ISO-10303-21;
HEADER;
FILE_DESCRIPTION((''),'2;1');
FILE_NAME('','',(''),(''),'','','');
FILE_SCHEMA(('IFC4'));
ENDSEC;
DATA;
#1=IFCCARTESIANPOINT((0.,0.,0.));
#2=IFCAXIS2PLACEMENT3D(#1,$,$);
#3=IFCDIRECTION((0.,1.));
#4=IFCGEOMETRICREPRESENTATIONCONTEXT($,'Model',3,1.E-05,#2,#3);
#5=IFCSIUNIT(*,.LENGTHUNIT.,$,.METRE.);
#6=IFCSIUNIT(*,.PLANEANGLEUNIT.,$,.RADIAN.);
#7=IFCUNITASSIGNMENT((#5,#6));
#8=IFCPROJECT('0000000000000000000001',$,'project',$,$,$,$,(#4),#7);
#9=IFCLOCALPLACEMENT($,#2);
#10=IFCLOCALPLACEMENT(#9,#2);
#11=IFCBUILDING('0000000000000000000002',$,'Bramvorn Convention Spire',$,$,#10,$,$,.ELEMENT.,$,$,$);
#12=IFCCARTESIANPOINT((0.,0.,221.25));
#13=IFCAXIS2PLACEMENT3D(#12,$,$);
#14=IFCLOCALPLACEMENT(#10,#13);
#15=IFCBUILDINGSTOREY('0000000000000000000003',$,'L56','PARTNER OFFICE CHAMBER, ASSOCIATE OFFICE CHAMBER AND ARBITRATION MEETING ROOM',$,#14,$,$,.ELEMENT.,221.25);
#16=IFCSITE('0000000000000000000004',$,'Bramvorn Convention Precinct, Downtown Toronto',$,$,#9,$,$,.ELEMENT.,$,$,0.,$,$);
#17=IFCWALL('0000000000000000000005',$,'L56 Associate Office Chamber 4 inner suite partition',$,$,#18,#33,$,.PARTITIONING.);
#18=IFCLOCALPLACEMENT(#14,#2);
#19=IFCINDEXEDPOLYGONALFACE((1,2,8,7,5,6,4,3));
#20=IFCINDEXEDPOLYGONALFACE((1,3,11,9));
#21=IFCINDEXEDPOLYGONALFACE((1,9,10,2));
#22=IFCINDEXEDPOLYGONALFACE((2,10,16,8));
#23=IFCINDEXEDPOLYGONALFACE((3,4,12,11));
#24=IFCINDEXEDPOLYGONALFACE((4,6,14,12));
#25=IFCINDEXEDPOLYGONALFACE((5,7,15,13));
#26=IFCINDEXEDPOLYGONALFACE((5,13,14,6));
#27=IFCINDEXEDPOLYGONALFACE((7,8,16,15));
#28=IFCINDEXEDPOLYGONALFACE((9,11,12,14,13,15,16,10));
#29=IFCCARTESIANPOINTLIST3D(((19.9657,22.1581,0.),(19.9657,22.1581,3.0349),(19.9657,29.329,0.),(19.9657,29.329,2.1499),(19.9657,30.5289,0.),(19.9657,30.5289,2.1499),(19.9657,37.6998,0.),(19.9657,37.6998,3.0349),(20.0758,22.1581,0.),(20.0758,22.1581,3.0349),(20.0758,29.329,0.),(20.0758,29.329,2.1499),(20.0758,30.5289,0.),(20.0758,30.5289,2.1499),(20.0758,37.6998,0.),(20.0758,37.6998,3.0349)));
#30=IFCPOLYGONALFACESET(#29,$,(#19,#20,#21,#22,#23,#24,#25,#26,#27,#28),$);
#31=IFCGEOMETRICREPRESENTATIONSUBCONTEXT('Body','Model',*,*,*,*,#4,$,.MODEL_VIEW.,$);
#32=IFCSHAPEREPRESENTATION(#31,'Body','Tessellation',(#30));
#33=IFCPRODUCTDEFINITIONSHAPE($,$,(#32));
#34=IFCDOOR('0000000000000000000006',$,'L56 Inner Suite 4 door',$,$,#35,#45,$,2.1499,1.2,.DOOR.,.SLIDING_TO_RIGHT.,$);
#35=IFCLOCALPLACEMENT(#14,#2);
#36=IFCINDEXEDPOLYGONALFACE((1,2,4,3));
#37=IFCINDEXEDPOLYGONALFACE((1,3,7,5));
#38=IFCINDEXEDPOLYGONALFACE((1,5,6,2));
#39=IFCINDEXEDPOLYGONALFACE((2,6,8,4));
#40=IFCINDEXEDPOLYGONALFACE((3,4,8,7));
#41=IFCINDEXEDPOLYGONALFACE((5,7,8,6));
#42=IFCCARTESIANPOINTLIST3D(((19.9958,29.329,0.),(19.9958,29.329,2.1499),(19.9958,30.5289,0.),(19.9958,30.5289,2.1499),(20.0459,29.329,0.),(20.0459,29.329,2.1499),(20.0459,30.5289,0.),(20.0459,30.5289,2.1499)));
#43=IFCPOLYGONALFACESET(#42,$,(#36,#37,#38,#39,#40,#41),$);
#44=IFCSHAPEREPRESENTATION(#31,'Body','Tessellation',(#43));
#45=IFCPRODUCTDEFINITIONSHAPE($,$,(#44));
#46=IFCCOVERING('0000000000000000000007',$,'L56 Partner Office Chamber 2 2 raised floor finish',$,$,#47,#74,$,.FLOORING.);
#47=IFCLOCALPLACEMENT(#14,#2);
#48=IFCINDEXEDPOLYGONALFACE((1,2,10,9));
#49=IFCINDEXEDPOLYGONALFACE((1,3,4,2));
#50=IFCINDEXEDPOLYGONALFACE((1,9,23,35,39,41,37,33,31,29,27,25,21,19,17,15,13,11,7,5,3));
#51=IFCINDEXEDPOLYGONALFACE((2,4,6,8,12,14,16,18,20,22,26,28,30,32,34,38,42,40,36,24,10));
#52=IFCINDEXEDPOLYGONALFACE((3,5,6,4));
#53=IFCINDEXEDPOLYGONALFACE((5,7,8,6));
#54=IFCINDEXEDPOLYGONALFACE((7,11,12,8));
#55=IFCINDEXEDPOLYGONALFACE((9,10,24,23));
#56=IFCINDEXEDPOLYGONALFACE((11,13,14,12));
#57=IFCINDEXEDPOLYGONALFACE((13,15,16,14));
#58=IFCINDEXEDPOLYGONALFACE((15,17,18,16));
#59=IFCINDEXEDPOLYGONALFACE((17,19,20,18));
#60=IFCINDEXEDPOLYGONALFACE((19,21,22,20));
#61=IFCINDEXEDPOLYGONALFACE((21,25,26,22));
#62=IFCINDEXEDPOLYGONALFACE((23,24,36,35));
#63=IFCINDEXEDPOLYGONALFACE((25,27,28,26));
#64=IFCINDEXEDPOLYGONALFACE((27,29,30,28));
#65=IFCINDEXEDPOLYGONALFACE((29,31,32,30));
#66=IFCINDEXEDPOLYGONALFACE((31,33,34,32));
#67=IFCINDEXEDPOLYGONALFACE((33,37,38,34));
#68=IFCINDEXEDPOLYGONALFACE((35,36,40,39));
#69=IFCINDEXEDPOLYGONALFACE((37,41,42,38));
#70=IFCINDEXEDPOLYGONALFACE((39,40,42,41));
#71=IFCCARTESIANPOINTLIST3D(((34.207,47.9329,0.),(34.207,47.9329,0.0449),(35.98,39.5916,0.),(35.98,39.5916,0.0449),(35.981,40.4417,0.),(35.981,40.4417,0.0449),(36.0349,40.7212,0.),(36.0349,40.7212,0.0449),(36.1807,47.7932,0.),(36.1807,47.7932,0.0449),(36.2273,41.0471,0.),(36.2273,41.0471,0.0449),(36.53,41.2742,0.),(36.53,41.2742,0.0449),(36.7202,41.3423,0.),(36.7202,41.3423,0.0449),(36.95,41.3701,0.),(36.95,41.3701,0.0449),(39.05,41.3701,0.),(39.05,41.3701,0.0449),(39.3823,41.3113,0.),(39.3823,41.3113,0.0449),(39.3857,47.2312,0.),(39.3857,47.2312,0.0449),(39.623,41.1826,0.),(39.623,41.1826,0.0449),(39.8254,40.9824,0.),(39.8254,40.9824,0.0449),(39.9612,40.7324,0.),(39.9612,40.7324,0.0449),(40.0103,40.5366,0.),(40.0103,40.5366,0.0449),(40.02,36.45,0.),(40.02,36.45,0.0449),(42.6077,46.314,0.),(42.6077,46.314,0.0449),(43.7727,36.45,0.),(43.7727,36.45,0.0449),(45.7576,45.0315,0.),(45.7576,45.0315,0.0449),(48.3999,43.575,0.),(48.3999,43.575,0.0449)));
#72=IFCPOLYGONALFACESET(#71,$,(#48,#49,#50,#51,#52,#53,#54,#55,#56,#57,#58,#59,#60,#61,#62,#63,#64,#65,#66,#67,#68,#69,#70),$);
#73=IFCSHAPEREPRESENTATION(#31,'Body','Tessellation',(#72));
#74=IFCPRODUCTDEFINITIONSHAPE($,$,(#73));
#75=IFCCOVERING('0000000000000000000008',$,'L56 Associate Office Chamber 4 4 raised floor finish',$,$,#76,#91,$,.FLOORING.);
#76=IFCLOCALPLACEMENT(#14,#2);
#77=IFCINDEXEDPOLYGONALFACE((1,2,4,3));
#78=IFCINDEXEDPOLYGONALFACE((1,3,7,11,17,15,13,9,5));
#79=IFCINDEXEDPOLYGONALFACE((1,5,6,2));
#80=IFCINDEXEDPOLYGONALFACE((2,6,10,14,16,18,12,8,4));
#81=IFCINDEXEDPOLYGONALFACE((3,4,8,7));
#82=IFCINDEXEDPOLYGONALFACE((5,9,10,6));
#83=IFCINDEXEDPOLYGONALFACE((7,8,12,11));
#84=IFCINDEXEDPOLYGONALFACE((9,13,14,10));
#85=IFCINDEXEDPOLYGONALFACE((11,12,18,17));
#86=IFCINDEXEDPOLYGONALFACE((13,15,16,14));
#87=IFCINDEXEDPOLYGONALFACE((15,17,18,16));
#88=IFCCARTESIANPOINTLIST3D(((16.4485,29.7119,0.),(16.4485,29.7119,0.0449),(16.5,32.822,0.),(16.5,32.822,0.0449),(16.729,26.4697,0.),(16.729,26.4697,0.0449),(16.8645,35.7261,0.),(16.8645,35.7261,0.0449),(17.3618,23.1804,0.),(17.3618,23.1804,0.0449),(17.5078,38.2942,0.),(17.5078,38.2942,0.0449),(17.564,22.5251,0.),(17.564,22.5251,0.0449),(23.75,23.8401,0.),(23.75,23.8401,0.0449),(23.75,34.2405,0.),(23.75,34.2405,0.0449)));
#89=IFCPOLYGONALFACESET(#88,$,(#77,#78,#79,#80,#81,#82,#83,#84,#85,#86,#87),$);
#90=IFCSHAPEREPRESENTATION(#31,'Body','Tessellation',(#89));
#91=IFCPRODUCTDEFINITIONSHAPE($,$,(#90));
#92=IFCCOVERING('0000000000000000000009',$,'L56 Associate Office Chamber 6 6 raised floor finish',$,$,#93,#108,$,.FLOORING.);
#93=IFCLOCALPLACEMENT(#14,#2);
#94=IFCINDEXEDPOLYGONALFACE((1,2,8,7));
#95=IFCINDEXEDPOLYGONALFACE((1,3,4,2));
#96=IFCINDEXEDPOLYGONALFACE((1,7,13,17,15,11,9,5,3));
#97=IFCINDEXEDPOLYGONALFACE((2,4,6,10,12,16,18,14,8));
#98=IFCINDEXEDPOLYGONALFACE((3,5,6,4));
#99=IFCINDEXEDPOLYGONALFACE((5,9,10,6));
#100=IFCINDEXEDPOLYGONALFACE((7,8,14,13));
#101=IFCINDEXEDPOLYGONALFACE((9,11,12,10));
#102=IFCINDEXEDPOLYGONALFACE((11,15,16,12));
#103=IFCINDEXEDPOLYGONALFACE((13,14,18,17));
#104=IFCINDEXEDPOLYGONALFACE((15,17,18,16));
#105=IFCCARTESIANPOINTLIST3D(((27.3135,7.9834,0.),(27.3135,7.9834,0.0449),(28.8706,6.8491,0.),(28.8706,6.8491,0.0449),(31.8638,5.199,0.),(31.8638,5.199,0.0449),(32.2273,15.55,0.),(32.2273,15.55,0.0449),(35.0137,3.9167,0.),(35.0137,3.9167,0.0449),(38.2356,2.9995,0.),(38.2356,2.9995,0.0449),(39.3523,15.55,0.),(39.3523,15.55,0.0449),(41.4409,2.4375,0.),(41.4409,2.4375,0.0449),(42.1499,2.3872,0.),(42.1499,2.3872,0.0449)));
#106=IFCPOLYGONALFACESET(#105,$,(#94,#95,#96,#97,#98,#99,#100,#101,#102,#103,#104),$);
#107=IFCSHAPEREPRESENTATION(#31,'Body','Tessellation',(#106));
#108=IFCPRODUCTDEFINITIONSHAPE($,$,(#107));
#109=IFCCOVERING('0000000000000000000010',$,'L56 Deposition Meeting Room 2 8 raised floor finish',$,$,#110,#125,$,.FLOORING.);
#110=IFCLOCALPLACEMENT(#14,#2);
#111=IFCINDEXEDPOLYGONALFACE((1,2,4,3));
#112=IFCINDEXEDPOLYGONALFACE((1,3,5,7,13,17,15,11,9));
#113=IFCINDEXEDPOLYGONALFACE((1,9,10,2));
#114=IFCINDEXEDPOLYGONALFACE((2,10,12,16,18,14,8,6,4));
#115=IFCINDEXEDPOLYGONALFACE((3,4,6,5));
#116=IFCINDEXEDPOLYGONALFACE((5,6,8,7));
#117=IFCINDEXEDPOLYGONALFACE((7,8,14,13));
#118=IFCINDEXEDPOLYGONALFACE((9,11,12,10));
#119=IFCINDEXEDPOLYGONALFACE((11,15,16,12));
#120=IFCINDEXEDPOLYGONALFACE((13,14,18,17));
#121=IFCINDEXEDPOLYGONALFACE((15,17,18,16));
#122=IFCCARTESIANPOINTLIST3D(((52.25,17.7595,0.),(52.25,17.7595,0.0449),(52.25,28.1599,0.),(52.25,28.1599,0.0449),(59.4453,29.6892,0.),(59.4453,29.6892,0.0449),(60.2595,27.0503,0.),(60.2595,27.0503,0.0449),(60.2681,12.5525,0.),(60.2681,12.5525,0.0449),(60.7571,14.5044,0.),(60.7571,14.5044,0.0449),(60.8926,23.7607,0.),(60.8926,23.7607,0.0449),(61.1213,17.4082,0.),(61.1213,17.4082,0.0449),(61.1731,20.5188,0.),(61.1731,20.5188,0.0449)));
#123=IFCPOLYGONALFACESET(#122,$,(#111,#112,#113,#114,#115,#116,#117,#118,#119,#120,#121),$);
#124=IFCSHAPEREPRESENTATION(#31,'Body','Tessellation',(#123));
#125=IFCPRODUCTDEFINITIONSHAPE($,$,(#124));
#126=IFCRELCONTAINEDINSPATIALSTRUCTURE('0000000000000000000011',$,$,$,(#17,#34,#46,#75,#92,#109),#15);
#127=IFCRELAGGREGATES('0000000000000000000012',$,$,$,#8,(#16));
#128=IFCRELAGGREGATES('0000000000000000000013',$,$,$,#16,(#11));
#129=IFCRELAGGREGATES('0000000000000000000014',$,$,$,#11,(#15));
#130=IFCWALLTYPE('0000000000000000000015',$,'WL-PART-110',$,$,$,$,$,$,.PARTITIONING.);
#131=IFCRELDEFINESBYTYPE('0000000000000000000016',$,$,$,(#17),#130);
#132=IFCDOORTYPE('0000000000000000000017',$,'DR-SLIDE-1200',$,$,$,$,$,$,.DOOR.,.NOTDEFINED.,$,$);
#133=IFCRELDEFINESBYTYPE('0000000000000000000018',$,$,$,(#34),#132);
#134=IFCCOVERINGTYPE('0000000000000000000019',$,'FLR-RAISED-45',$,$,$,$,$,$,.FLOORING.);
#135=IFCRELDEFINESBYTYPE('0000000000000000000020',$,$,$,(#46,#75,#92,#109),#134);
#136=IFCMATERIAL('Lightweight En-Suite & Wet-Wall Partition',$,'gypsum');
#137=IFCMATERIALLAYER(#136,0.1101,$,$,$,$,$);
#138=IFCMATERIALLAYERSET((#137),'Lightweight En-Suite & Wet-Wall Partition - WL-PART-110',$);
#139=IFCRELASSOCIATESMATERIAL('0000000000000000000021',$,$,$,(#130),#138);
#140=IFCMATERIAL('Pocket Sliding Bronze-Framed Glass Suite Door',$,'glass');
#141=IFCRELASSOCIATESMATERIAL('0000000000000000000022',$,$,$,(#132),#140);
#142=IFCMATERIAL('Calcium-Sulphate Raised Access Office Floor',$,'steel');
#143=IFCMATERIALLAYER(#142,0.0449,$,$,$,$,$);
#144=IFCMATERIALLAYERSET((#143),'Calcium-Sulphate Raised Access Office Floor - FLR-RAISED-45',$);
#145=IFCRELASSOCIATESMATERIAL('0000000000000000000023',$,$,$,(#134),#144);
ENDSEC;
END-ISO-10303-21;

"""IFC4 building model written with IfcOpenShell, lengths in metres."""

from ifc_helpers import new_model, si_unit, direction, frame, frame_2d, origin, place, context, subcontext, project, spatial, polyline, rectangle, outline, extrude, material, layer, layer_set, type_object, element, fill, save


model = new_model("IFC4")

# Units and contexts
model_context = context("Model", 3, precision=1e-05, world=origin(), true_north=direction((0.0, 1.0)))
body_context = subcontext(model_context, "Body", "Model", "MODEL_VIEW")
ifc_project = project(units=[si_unit("LENGTHUNIT", "METRE"), si_unit("PLANEANGLEUNIT", "RADIAN")], contexts=[model_context])

# Site, building, storey
site_placement = place(None, origin())
site = spatial("IfcSite", under=ifc_project, at=site_placement, Name="Bramvorn Convention Precinct, Downtown Toronto", CompositionType="ELEMENT", RefElevation=0.0)
building_placement = place(site_placement, origin())
building = spatial("IfcBuilding", under=site, at=building_placement, Name="Bramvorn Convention Spire", CompositionType="ELEMENT")
storey_placement = place(building_placement, frame((0.0, 0.0, 221.25)))
storey = spatial("IfcBuildingStorey", under=building, at=storey_placement, Name="L56", Description="PARTNER OFFICE CHAMBER, ASSOCIATE OFFICE CHAMBER AND ARBITRATION MEETING ROOM", CompositionType="ELEMENT", Elevation=221.25)

# Shared definitions
ifc_material_1 = material(Name="Lightweight En-Suite & Wet-Wall Partition", Category="gypsum")
ifc_layer_1 = layer(ifc_material_1, 0.1101)
ifc_layer_set_1 = layer_set([ifc_layer_1], Name="Lightweight En-Suite & Wet-Wall Partition - WL-PART-110")
wall_type_1 = type_object("IfcWallType", Name="WL-PART-110", PredefinedType="PARTITIONING", material=ifc_layer_set_1)

# Wall, opening, door
wall_1_placement = place(storey_placement, frame((20.0208, 22.158, 0.0), z_axis=(0.0, 0.0, 1.0), x_axis=(0.0, 1.0, 0.0)))
wall_1 = element("IfcWall", 1, at=wall_1_placement, inside=storey, type_object=wall_type_1, Name="L56 Associate Office Chamber 4 inner suite partition", PredefinedType="PARTITIONING", context=body_context, shape_type="SweptSolid", body=[
    extrude(rectangle(XDim=15.5417, YDim=0.1101, at=frame_2d((7.771, 0.0))), origin(), (0.0, 0.0, 1.0), 3.0349),
])
opening_placement = place(wall_1_placement, frame((7.1709, 0.0, 0.0)))
opening = element("IfcOpeningElement", 2, at=opening_placement, cuts=wall_1, PredefinedType="OPENING", context=body_context, shape_type="SweptSolid", body=[
    extrude(rectangle(XDim=1.2, YDim=2.1499, at=frame_2d((0.6001, 1.075))), frame((0.0, 0.0649, 0.0), z_axis=(0.0, -1.0, 0.0), x_axis=(1.0, 0.0, 0.0)), (0.0, 0.0, 1.0), 0.1301),
])
ifc_material_2 = material(Name="Pocket Sliding Bronze-Framed Glass Suite Door", Category="glass")
door_type = type_object("IfcDoorType", Name="DR-SLIDE-1200", OperationType="NOTDEFINED", PredefinedType="DOOR", material=ifc_material_2)
door_placement = place(opening_placement, origin())
door = element("IfcDoor", 3, at=door_placement, inside=storey, type_object=door_type, Name="L56 Inner Suite 4 door", OperationType="SLIDING_TO_RIGHT", OverallHeight=2.1499, OverallWidth=1.2, PredefinedType="DOOR", context=body_context, shape_type="SweptSolid", body=[
    extrude(rectangle(XDim=1.2, YDim=2.1499, at=frame_2d((0.6001, 1.075))), frame((0.0, 0.0249, 0.0), z_axis=(0.0, -1.0, 0.0), x_axis=(1.0, 0.0, 0.0)), (0.0, 0.0, 1.0), 0.05),
])
fill(opening, door)

# Coverings
ifc_material_3 = material(Name="Calcium-Sulphate Raised Access Office Floor", Category="steel")
ifc_layer_2 = layer(ifc_material_3, 0.0449)
ifc_layer_set_2 = layer_set([ifc_layer_2], Name="Calcium-Sulphate Raised Access Office Floor - FLR-RAISED-45")
covering_type = type_object("IfcCoveringType", Name="FLR-RAISED-45", PredefinedType="FLOORING", material=ifc_layer_set_2)
covering_1_placement = place(storey_placement, origin())
element("IfcCovering", 4, at=covering_1_placement, inside=storey, type_object=covering_type, Name="L56 Partner Office Chamber 2 2 raised floor finish", PredefinedType="FLOORING", context=body_context, shape_type="SweptSolid", body=[
    extrude(outline(polyline([(35.981, 40.4417), (36.0349, 40.7212), (36.2273, 41.0471), (36.53, 41.2742), (36.7202, 41.3423), (36.95, 41.3701), (39.05, 41.3701), (39.3823, 41.3113), (39.623, 41.1826), (39.8254, 40.9824), (39.9612, 40.7324), (40.0103, 40.5366), (40.02, 36.45), (43.7727, 36.45), (48.3999, 43.575), (45.7576, 45.0315), (42.6077, 46.314), (39.3857, 47.2312), (36.1807, 47.7932), (34.207, 47.9329), (35.98, 39.5916), (35.981, 40.4417)])), origin(), (0.0, 0.0, 1.0), 0.0449),
])
covering_2_placement = place(storey_placement, origin())
element("IfcCovering", 5, at=covering_2_placement, inside=storey, type_object=covering_type, Name="L56 Associate Office Chamber 4 4 raised floor finish", PredefinedType="FLOORING", context=body_context, shape_type="SweptSolid", body=[
    extrude(outline(polyline([(17.3618, 23.1804), (17.564, 22.5251), (23.75, 23.8401), (23.75, 34.2405), (17.5078, 38.2942), (16.8645, 35.7261), (16.5, 32.822), (16.4485, 29.7119), (16.729, 26.4697), (17.3618, 23.1804)])), origin(), (0.0, 0.0, 1.0), 0.0449),
])
covering_3_placement = place(storey_placement, origin())
element("IfcCovering", 6, at=covering_3_placement, inside=storey, type_object=covering_type, Name="L56 Associate Office Chamber 6 6 raised floor finish", PredefinedType="FLOORING", context=body_context, shape_type="SweptSolid", body=[
    extrude(outline(polyline([(41.4409, 2.4375), (42.1499, 2.3872), (39.3523, 15.55), (32.2273, 15.55), (27.3135, 7.9834), (28.8706, 6.8491), (31.8638, 5.199), (35.0137, 3.9167), (38.2356, 2.9995), (41.4409, 2.4375)])), origin(), (0.0, 0.0, 1.0), 0.0449),
])
covering_4_placement = place(storey_placement, origin())
element("IfcCovering", 7, at=covering_4_placement, inside=storey, type_object=covering_type, Name="L56 Deposition Meeting Room 2 8 raised floor finish", PredefinedType="FLOORING", context=body_context, shape_type="SweptSolid", body=[
    extrude(outline(polyline([(52.25, 28.1599), (52.25, 17.7595), (60.2681, 12.5525), (60.7571, 14.5044), (61.1213, 17.4082), (61.1731, 20.5188), (60.8926, 23.7607), (60.2595, 27.0503), (59.4453, 29.6892), (52.25, 28.1599)])), origin(), (0.0, 0.0, 1.0), 0.0449),
])

save(model, "model.ifc")
